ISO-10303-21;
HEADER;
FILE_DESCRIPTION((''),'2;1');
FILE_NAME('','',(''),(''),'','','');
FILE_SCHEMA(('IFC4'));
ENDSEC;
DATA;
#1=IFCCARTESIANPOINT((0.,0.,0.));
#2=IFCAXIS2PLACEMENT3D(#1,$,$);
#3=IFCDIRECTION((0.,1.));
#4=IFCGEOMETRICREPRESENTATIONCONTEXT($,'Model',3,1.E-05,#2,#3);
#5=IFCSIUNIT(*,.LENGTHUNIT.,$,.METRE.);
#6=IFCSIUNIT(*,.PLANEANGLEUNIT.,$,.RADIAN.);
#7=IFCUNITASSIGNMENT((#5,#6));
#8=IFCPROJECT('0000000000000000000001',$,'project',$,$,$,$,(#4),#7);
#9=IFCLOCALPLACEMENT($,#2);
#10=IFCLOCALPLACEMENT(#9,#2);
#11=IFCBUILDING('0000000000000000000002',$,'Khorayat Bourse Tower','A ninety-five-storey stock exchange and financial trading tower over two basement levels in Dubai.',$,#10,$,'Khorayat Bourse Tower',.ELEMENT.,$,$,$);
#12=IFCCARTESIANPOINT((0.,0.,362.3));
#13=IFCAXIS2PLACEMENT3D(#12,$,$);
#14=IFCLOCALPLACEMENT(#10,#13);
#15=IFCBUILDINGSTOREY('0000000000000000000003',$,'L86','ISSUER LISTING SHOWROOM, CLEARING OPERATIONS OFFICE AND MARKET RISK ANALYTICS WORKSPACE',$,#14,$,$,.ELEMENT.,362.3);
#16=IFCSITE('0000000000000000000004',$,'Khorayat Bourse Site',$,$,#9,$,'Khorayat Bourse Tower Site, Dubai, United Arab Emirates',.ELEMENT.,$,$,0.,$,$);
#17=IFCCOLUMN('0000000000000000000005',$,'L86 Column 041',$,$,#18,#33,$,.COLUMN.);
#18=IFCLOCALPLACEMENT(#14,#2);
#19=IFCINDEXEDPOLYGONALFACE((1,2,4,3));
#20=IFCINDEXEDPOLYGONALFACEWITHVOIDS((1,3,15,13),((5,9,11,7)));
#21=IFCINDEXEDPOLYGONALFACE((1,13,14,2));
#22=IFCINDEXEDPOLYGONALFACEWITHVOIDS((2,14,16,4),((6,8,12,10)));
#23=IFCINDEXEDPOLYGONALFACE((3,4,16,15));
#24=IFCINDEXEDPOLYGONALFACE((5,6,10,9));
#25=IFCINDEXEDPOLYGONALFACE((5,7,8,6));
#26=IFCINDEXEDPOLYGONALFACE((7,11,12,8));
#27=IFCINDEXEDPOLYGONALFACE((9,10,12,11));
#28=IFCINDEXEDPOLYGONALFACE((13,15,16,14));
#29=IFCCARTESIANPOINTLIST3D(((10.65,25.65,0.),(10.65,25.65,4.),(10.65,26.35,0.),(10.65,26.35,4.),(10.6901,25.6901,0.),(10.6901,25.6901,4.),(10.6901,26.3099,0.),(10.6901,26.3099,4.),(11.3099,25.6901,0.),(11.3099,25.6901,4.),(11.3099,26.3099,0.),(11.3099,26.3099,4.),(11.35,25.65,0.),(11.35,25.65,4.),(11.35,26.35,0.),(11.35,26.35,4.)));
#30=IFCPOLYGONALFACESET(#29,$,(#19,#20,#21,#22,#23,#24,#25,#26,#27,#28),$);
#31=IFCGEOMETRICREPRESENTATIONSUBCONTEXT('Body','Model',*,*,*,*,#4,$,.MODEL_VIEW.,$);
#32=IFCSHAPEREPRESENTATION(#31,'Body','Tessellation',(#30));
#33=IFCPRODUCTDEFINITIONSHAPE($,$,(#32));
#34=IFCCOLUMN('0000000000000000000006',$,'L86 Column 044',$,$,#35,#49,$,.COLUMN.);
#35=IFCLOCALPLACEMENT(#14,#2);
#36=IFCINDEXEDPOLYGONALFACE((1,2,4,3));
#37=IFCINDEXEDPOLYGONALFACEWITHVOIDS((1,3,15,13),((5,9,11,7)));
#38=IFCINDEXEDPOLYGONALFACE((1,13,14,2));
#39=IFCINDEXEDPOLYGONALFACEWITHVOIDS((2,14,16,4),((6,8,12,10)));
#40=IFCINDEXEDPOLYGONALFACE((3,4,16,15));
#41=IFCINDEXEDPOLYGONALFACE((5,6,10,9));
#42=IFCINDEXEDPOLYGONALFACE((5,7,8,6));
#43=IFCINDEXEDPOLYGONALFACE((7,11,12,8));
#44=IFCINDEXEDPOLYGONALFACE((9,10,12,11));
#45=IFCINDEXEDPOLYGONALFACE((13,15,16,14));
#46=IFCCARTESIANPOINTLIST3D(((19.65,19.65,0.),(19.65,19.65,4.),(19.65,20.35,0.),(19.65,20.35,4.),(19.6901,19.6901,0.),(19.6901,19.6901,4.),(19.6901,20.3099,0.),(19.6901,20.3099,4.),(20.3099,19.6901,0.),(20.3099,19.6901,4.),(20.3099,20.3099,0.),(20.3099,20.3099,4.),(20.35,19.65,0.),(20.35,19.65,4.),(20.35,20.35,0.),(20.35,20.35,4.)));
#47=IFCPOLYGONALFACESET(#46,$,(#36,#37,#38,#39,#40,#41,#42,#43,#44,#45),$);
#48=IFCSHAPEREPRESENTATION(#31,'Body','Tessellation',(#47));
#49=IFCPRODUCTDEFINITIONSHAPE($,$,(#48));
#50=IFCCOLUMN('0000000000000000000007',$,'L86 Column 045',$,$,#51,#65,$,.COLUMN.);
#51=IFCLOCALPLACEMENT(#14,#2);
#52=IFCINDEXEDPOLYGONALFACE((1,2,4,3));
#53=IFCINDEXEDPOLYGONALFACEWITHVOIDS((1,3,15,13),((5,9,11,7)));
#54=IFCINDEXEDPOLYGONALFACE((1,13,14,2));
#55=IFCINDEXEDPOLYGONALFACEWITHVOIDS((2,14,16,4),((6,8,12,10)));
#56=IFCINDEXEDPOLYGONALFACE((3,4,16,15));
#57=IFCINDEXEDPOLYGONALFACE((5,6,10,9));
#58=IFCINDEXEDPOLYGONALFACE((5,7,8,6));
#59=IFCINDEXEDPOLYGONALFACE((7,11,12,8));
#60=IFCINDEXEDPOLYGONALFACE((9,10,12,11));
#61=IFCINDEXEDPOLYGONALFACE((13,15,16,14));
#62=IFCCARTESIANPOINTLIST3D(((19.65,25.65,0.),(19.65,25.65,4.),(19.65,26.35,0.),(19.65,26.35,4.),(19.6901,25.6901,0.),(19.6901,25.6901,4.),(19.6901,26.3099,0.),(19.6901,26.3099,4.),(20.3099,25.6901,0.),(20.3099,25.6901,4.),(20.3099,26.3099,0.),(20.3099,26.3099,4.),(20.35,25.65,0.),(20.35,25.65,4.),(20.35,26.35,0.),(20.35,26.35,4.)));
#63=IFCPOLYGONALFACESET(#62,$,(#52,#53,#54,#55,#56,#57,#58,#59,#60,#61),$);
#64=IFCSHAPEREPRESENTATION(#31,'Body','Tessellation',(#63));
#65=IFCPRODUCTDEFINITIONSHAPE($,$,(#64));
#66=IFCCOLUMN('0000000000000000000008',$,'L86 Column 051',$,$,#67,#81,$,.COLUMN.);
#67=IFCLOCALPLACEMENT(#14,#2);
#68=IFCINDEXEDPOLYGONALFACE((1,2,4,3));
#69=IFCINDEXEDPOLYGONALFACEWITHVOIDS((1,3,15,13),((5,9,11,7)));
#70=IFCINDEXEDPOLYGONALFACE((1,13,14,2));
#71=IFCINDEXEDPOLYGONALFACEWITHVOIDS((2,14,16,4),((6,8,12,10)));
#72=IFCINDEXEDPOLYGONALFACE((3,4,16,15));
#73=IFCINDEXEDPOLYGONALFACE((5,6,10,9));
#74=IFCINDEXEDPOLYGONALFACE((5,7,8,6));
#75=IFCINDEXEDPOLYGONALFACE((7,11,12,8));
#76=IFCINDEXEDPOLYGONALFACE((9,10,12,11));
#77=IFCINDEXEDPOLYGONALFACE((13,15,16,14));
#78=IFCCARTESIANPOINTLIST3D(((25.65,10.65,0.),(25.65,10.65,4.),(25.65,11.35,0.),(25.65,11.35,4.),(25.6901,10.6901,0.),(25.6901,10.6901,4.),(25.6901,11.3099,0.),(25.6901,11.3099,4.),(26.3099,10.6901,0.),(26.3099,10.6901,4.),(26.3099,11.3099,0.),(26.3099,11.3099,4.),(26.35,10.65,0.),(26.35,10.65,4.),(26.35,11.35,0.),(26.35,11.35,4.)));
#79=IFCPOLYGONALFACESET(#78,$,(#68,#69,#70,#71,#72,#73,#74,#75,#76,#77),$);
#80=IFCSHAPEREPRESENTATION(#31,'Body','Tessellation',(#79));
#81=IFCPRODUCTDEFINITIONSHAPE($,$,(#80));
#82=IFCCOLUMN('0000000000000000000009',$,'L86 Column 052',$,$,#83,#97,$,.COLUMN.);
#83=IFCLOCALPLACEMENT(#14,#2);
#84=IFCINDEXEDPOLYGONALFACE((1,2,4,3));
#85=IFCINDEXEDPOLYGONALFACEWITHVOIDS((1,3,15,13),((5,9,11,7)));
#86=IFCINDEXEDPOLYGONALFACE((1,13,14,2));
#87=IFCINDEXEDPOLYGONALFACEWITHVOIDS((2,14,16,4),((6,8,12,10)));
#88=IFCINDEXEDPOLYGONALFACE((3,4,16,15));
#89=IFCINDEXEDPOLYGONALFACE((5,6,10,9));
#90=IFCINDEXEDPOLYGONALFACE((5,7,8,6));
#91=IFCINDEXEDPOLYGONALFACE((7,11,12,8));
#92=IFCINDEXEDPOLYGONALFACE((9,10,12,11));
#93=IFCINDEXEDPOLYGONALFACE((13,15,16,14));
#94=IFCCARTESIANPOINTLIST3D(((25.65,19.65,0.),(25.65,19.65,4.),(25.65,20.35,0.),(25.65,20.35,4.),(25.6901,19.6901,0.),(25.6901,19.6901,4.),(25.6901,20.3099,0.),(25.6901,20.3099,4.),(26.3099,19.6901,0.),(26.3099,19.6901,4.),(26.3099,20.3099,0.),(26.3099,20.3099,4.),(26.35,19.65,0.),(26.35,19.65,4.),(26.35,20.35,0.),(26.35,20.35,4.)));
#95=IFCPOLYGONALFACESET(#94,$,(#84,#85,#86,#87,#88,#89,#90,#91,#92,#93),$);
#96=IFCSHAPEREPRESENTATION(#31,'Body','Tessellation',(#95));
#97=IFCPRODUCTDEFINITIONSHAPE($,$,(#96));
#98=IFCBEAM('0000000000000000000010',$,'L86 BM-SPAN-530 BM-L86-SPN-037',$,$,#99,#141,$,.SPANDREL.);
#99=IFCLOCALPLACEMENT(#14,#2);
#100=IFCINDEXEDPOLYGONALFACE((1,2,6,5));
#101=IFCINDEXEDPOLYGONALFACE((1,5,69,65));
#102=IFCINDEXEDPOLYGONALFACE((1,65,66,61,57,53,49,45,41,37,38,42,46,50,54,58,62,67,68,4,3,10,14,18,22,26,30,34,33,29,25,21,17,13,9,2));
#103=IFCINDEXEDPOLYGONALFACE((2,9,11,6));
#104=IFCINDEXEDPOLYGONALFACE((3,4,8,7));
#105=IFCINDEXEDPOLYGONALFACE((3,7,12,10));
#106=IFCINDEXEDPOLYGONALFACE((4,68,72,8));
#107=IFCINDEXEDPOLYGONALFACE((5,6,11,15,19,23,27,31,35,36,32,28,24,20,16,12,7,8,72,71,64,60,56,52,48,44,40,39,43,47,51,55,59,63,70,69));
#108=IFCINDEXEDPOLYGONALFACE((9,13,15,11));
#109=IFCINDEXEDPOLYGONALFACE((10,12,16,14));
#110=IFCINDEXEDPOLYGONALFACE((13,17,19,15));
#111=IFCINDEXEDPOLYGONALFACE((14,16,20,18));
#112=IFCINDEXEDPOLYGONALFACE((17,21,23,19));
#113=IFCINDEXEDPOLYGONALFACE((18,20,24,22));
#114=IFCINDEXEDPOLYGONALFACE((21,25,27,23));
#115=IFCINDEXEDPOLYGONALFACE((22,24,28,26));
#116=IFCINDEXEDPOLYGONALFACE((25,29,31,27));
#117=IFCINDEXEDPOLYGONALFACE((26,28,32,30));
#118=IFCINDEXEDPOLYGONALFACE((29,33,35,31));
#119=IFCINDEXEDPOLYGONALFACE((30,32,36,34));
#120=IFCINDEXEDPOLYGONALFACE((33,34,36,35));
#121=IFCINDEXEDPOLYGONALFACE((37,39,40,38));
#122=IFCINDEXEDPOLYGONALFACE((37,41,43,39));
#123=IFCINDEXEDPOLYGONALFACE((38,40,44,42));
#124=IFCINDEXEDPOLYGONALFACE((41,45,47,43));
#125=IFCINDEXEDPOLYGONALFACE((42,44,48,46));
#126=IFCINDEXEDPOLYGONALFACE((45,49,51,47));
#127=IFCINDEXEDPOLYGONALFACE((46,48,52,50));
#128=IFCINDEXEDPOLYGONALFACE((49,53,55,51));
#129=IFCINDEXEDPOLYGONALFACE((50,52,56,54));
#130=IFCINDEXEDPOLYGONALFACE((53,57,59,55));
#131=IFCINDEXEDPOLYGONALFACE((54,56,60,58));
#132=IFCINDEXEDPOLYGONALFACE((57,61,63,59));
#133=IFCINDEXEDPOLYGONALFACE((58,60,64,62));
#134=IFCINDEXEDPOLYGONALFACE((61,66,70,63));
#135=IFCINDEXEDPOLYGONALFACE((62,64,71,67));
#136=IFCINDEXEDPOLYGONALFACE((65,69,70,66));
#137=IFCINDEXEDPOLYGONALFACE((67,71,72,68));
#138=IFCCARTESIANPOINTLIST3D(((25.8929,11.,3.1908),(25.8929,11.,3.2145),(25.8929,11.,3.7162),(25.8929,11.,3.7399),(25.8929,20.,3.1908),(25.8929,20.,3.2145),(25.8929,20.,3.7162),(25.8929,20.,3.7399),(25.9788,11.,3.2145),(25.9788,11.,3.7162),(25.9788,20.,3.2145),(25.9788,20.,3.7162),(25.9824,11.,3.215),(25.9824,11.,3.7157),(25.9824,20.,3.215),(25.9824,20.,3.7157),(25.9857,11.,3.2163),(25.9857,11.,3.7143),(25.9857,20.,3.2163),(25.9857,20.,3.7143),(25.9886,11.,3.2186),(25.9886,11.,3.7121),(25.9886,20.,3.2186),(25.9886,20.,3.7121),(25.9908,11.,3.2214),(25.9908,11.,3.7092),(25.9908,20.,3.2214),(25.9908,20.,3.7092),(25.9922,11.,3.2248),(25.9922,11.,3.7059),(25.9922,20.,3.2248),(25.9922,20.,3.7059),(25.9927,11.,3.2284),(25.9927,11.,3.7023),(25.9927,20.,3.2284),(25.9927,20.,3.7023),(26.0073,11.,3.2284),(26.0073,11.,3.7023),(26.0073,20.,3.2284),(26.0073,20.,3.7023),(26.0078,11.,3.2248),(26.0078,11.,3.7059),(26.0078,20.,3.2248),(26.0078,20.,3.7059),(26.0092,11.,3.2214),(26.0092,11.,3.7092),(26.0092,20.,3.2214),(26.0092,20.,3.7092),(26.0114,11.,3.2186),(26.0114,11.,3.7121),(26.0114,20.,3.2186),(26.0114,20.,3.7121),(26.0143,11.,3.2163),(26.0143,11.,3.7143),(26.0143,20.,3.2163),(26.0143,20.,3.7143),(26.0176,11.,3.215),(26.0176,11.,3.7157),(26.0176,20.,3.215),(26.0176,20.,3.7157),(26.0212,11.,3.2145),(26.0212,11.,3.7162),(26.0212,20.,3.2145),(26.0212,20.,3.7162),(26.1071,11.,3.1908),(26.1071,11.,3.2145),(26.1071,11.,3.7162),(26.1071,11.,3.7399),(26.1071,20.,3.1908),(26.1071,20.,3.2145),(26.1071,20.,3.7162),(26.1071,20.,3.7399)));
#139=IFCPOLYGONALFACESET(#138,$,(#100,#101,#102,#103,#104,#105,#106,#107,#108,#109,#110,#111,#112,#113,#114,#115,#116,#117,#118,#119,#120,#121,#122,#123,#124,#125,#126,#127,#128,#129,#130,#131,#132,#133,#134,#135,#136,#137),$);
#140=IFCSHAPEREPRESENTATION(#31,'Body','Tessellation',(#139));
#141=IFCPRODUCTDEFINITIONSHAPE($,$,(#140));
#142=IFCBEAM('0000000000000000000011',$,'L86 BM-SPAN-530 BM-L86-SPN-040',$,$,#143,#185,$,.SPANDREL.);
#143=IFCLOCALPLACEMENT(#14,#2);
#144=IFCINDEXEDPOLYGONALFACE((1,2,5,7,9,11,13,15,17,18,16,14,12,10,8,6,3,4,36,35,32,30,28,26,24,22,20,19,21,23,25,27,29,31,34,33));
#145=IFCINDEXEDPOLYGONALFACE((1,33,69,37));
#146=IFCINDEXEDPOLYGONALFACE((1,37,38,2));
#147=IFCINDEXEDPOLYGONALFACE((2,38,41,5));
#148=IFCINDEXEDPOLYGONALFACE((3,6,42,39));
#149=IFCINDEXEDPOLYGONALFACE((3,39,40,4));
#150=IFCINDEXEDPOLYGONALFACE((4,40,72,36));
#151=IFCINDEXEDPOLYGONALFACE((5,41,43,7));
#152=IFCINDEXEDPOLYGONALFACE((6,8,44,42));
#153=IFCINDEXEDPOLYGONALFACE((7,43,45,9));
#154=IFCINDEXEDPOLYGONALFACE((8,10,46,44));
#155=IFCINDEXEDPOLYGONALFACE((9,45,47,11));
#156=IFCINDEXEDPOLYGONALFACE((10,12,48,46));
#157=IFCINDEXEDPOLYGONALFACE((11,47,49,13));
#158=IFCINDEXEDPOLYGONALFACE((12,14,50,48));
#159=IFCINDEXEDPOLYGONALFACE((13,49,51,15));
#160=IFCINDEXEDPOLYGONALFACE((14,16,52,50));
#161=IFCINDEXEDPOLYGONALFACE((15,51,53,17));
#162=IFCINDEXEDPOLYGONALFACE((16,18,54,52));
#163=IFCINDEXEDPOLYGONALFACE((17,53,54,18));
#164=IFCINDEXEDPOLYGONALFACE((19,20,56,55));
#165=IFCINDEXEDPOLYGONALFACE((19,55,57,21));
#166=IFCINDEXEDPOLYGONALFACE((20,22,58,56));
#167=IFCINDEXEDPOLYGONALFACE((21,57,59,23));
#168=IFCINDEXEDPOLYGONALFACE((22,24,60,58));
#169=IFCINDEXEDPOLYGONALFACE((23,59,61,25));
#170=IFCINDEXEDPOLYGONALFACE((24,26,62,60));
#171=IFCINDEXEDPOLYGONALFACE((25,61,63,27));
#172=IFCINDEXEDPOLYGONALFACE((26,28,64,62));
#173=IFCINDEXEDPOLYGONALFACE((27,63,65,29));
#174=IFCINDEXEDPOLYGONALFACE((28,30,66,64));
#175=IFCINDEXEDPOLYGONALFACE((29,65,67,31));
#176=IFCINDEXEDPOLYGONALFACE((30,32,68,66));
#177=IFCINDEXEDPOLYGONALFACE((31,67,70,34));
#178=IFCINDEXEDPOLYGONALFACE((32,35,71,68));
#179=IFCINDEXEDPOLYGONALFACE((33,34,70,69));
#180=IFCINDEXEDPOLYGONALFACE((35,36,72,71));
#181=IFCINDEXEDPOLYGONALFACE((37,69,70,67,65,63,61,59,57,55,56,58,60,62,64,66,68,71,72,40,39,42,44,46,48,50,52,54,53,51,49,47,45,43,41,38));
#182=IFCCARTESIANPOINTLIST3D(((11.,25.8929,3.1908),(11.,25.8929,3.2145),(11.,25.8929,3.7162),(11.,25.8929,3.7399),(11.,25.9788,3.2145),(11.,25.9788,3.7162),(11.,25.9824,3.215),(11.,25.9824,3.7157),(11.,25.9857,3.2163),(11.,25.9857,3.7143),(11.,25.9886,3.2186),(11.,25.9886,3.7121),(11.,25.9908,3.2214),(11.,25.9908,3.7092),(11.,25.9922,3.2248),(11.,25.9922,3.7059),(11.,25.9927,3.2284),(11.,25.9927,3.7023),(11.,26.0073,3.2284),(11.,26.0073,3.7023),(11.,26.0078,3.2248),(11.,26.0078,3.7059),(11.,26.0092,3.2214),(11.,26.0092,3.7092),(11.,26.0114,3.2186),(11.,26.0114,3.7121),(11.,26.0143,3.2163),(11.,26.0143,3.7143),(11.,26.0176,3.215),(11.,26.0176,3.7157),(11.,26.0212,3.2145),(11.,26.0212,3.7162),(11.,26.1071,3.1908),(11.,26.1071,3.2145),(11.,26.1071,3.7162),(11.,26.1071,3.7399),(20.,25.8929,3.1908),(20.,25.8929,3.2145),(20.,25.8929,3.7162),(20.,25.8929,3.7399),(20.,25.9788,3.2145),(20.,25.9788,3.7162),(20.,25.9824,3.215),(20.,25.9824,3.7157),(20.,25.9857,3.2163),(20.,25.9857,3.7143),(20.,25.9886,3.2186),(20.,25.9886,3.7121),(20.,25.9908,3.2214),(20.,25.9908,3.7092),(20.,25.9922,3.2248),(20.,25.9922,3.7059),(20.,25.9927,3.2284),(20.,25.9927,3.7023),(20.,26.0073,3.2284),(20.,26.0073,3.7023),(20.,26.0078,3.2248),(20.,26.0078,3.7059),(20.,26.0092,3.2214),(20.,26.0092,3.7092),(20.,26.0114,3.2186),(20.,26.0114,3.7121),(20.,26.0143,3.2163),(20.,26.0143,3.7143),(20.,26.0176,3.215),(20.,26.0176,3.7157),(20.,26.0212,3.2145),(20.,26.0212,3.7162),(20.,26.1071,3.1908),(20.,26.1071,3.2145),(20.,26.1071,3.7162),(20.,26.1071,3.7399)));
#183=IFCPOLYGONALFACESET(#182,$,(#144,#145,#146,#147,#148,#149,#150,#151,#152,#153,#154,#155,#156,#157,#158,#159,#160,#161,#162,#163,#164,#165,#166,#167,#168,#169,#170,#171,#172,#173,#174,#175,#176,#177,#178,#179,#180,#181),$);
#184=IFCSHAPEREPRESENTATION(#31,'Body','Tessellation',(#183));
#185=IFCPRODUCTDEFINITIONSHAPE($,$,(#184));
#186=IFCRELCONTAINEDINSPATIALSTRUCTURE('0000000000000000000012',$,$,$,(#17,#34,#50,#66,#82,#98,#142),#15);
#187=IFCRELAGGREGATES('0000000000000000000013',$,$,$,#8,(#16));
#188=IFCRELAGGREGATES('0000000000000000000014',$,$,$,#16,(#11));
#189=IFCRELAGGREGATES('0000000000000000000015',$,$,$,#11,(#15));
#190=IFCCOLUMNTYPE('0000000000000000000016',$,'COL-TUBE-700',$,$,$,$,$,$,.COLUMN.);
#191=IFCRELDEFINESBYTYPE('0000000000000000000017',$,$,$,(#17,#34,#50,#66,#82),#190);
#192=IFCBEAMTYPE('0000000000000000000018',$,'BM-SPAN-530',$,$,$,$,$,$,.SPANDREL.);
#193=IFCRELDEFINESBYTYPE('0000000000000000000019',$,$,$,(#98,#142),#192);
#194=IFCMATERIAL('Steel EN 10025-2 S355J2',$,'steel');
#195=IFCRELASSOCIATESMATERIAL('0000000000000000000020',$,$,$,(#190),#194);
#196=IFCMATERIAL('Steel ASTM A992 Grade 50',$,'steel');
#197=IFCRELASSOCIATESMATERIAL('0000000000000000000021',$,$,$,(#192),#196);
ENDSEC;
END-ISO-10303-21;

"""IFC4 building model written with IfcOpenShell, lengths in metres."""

from ifc_helpers import new_model, si_unit, direction, frame, origin, origin_2d, place, context, subcontext, project, spatial, hollow_rectangle, i_section, extrude, source, transform, mapped, material, material_profile, profile_set, type_object, element, save


model = new_model("IFC4")

# Units and contexts
model_context = context("Model", 3, precision=1e-05, world=origin(), true_north=direction((0.0, 1.0)))
body_context = subcontext(model_context, "Body", "Model", "MODEL_VIEW")
ifc_project = project(units=[si_unit("LENGTHUNIT", "METRE"), si_unit("PLANEANGLEUNIT", "RADIAN")], contexts=[model_context])

# Site, building, storey
site_placement = place(None, origin())
site = spatial("IfcSite", under=ifc_project, at=site_placement, Name="Khorayat Bourse Site", LongName="Khorayat Bourse Tower Site, Dubai, United Arab Emirates", CompositionType="ELEMENT", RefElevation=0.0)
building_placement = place(site_placement, origin())
building = spatial("IfcBuilding", under=site, at=building_placement, Name="Khorayat Bourse Tower", Description="A ninety-five-storey stock exchange and financial trading tower over two basement levels in Dubai.", LongName="Khorayat Bourse Tower", CompositionType="ELEMENT")
storey_placement = place(building_placement, frame((0.0, 0.0, 362.3)))
storey = spatial("IfcBuildingStorey", under=building, at=storey_placement, Name="L86", Description="ISSUER LISTING SHOWROOM, CLEARING OPERATIONS OFFICE AND MARKET RISK ANALYTICS WORKSPACE", CompositionType="ELEMENT", Elevation=362.3)

# Columns
ifc_material_1 = material(Name="Steel EN 10025-2 S355J2", Category="steel")
ifc_material_profile_1 = material_profile(ifc_material_1, hollow_rectangle(XDim=0.7, YDim=0.7, WallThickness=0.04, at=origin_2d()), Name="BOX 700x700x40")
ifc_profile_set_1 = profile_set([ifc_material_profile_1], Name="Steel EN 10025-2 S355J2")
column_type = type_object("IfcColumnType", Name="COL-TUBE-700", PredefinedType="COLUMN", material=ifc_profile_set_1)
shared_shape_1 = source(origin(), body_context, "Body", "SweptSolid", [
    extrude(hollow_rectangle(XDim=0.7, YDim=0.7, WallThickness=0.04, at=origin_2d()), origin(), (0.0, 0.0, 1.0), 4.0),
])
for number, where, z_axis, x_axis, name in (
    (1, (11.0, 26.0, 0.0), (0.0, 0.0, 1.0), (1.0, 0.0, 0.0), "L86 Column 041"),
    (2, (20.0, 20.0, 0.0), (0.0, 0.0, 1.0), (1.0, 0.0, 0.0), "L86 Column 044"),
    (3, (20.0, 26.0, 0.0), (0.0, 0.0, 1.0), (1.0, 0.0, 0.0), "L86 Column 045"),
    (4, (26.0, 11.0, 0.0), (0.0, 0.0, 1.0), (1.0, 0.0, 0.0), "L86 Column 051"),
    (5, (26.0, 20.0, 0.0), (0.0, 0.0, 1.0), (1.0, 0.0, 0.0), "L86 Column 052"),
):
    element("IfcColumn", number, at=place(storey_placement, frame(where, z_axis=z_axis, x_axis=x_axis)), inside=storey, type_object=column_type, Name=name, PredefinedType="COLUMN", context=body_context, shape_type="MappedRepresentation", body=[
        mapped(shared_shape_1, transform((0.0, 0.0, 0.0), scale=1.0)),
    ])

# Beams
ifc_material_2 = material(Name="Steel ASTM A992 Grade 50", Category="steel")
ifc_material_profile_2 = material_profile(ifc_material_2, i_section(OverallWidth=0.2141, OverallDepth=0.5491, WebThickness=0.0146, FlangeThickness=0.0237, FilletRadius=0.0139, at=origin_2d()), Name="W530X138")
ifc_profile_set_2 = profile_set([ifc_material_profile_2], Name="Steel ASTM A992 Grade 50")
beam_type_1 = type_object("IfcBeamType", Name="BM-SPAN-530", PredefinedType="SPANDREL", material=ifc_profile_set_2)
shared_shape_2 = source(origin(), body_context, "Body", "SweptSolid", [
    extrude(i_section(OverallWidth=0.2141, OverallDepth=0.5491, WebThickness=0.0146, FlangeThickness=0.0237, FilletRadius=0.0139, at=origin_2d()), origin(), (0.0, 0.0, 1.0), 9.0),
])
for number, where, z_axis, x_axis, name in (
    (6, (26.0, 11.0, 3.4653), (0.0, 1.0, 0.0), (-1.0, 0.0, 0.0), "L86 BM-SPAN-530 BM-L86-SPN-037"),
    (7, (11.0, 26.0, 3.4653), (1.0, 0.0, 0.0), (0.0, 1.0, 0.0), "L86 BM-SPAN-530 BM-L86-SPN-040"),
):
    element("IfcBeam", number, at=place(storey_placement, frame(where, z_axis=z_axis, x_axis=x_axis)), inside=storey, type_object=beam_type_1, Name=name, PredefinedType="SPANDREL", context=body_context, shape_type="MappedRepresentation", body=[
        mapped(shared_shape_2, transform((0.0, 0.0, 0.0), scale=1.0)),
    ])

save(model, "model.ifc")
